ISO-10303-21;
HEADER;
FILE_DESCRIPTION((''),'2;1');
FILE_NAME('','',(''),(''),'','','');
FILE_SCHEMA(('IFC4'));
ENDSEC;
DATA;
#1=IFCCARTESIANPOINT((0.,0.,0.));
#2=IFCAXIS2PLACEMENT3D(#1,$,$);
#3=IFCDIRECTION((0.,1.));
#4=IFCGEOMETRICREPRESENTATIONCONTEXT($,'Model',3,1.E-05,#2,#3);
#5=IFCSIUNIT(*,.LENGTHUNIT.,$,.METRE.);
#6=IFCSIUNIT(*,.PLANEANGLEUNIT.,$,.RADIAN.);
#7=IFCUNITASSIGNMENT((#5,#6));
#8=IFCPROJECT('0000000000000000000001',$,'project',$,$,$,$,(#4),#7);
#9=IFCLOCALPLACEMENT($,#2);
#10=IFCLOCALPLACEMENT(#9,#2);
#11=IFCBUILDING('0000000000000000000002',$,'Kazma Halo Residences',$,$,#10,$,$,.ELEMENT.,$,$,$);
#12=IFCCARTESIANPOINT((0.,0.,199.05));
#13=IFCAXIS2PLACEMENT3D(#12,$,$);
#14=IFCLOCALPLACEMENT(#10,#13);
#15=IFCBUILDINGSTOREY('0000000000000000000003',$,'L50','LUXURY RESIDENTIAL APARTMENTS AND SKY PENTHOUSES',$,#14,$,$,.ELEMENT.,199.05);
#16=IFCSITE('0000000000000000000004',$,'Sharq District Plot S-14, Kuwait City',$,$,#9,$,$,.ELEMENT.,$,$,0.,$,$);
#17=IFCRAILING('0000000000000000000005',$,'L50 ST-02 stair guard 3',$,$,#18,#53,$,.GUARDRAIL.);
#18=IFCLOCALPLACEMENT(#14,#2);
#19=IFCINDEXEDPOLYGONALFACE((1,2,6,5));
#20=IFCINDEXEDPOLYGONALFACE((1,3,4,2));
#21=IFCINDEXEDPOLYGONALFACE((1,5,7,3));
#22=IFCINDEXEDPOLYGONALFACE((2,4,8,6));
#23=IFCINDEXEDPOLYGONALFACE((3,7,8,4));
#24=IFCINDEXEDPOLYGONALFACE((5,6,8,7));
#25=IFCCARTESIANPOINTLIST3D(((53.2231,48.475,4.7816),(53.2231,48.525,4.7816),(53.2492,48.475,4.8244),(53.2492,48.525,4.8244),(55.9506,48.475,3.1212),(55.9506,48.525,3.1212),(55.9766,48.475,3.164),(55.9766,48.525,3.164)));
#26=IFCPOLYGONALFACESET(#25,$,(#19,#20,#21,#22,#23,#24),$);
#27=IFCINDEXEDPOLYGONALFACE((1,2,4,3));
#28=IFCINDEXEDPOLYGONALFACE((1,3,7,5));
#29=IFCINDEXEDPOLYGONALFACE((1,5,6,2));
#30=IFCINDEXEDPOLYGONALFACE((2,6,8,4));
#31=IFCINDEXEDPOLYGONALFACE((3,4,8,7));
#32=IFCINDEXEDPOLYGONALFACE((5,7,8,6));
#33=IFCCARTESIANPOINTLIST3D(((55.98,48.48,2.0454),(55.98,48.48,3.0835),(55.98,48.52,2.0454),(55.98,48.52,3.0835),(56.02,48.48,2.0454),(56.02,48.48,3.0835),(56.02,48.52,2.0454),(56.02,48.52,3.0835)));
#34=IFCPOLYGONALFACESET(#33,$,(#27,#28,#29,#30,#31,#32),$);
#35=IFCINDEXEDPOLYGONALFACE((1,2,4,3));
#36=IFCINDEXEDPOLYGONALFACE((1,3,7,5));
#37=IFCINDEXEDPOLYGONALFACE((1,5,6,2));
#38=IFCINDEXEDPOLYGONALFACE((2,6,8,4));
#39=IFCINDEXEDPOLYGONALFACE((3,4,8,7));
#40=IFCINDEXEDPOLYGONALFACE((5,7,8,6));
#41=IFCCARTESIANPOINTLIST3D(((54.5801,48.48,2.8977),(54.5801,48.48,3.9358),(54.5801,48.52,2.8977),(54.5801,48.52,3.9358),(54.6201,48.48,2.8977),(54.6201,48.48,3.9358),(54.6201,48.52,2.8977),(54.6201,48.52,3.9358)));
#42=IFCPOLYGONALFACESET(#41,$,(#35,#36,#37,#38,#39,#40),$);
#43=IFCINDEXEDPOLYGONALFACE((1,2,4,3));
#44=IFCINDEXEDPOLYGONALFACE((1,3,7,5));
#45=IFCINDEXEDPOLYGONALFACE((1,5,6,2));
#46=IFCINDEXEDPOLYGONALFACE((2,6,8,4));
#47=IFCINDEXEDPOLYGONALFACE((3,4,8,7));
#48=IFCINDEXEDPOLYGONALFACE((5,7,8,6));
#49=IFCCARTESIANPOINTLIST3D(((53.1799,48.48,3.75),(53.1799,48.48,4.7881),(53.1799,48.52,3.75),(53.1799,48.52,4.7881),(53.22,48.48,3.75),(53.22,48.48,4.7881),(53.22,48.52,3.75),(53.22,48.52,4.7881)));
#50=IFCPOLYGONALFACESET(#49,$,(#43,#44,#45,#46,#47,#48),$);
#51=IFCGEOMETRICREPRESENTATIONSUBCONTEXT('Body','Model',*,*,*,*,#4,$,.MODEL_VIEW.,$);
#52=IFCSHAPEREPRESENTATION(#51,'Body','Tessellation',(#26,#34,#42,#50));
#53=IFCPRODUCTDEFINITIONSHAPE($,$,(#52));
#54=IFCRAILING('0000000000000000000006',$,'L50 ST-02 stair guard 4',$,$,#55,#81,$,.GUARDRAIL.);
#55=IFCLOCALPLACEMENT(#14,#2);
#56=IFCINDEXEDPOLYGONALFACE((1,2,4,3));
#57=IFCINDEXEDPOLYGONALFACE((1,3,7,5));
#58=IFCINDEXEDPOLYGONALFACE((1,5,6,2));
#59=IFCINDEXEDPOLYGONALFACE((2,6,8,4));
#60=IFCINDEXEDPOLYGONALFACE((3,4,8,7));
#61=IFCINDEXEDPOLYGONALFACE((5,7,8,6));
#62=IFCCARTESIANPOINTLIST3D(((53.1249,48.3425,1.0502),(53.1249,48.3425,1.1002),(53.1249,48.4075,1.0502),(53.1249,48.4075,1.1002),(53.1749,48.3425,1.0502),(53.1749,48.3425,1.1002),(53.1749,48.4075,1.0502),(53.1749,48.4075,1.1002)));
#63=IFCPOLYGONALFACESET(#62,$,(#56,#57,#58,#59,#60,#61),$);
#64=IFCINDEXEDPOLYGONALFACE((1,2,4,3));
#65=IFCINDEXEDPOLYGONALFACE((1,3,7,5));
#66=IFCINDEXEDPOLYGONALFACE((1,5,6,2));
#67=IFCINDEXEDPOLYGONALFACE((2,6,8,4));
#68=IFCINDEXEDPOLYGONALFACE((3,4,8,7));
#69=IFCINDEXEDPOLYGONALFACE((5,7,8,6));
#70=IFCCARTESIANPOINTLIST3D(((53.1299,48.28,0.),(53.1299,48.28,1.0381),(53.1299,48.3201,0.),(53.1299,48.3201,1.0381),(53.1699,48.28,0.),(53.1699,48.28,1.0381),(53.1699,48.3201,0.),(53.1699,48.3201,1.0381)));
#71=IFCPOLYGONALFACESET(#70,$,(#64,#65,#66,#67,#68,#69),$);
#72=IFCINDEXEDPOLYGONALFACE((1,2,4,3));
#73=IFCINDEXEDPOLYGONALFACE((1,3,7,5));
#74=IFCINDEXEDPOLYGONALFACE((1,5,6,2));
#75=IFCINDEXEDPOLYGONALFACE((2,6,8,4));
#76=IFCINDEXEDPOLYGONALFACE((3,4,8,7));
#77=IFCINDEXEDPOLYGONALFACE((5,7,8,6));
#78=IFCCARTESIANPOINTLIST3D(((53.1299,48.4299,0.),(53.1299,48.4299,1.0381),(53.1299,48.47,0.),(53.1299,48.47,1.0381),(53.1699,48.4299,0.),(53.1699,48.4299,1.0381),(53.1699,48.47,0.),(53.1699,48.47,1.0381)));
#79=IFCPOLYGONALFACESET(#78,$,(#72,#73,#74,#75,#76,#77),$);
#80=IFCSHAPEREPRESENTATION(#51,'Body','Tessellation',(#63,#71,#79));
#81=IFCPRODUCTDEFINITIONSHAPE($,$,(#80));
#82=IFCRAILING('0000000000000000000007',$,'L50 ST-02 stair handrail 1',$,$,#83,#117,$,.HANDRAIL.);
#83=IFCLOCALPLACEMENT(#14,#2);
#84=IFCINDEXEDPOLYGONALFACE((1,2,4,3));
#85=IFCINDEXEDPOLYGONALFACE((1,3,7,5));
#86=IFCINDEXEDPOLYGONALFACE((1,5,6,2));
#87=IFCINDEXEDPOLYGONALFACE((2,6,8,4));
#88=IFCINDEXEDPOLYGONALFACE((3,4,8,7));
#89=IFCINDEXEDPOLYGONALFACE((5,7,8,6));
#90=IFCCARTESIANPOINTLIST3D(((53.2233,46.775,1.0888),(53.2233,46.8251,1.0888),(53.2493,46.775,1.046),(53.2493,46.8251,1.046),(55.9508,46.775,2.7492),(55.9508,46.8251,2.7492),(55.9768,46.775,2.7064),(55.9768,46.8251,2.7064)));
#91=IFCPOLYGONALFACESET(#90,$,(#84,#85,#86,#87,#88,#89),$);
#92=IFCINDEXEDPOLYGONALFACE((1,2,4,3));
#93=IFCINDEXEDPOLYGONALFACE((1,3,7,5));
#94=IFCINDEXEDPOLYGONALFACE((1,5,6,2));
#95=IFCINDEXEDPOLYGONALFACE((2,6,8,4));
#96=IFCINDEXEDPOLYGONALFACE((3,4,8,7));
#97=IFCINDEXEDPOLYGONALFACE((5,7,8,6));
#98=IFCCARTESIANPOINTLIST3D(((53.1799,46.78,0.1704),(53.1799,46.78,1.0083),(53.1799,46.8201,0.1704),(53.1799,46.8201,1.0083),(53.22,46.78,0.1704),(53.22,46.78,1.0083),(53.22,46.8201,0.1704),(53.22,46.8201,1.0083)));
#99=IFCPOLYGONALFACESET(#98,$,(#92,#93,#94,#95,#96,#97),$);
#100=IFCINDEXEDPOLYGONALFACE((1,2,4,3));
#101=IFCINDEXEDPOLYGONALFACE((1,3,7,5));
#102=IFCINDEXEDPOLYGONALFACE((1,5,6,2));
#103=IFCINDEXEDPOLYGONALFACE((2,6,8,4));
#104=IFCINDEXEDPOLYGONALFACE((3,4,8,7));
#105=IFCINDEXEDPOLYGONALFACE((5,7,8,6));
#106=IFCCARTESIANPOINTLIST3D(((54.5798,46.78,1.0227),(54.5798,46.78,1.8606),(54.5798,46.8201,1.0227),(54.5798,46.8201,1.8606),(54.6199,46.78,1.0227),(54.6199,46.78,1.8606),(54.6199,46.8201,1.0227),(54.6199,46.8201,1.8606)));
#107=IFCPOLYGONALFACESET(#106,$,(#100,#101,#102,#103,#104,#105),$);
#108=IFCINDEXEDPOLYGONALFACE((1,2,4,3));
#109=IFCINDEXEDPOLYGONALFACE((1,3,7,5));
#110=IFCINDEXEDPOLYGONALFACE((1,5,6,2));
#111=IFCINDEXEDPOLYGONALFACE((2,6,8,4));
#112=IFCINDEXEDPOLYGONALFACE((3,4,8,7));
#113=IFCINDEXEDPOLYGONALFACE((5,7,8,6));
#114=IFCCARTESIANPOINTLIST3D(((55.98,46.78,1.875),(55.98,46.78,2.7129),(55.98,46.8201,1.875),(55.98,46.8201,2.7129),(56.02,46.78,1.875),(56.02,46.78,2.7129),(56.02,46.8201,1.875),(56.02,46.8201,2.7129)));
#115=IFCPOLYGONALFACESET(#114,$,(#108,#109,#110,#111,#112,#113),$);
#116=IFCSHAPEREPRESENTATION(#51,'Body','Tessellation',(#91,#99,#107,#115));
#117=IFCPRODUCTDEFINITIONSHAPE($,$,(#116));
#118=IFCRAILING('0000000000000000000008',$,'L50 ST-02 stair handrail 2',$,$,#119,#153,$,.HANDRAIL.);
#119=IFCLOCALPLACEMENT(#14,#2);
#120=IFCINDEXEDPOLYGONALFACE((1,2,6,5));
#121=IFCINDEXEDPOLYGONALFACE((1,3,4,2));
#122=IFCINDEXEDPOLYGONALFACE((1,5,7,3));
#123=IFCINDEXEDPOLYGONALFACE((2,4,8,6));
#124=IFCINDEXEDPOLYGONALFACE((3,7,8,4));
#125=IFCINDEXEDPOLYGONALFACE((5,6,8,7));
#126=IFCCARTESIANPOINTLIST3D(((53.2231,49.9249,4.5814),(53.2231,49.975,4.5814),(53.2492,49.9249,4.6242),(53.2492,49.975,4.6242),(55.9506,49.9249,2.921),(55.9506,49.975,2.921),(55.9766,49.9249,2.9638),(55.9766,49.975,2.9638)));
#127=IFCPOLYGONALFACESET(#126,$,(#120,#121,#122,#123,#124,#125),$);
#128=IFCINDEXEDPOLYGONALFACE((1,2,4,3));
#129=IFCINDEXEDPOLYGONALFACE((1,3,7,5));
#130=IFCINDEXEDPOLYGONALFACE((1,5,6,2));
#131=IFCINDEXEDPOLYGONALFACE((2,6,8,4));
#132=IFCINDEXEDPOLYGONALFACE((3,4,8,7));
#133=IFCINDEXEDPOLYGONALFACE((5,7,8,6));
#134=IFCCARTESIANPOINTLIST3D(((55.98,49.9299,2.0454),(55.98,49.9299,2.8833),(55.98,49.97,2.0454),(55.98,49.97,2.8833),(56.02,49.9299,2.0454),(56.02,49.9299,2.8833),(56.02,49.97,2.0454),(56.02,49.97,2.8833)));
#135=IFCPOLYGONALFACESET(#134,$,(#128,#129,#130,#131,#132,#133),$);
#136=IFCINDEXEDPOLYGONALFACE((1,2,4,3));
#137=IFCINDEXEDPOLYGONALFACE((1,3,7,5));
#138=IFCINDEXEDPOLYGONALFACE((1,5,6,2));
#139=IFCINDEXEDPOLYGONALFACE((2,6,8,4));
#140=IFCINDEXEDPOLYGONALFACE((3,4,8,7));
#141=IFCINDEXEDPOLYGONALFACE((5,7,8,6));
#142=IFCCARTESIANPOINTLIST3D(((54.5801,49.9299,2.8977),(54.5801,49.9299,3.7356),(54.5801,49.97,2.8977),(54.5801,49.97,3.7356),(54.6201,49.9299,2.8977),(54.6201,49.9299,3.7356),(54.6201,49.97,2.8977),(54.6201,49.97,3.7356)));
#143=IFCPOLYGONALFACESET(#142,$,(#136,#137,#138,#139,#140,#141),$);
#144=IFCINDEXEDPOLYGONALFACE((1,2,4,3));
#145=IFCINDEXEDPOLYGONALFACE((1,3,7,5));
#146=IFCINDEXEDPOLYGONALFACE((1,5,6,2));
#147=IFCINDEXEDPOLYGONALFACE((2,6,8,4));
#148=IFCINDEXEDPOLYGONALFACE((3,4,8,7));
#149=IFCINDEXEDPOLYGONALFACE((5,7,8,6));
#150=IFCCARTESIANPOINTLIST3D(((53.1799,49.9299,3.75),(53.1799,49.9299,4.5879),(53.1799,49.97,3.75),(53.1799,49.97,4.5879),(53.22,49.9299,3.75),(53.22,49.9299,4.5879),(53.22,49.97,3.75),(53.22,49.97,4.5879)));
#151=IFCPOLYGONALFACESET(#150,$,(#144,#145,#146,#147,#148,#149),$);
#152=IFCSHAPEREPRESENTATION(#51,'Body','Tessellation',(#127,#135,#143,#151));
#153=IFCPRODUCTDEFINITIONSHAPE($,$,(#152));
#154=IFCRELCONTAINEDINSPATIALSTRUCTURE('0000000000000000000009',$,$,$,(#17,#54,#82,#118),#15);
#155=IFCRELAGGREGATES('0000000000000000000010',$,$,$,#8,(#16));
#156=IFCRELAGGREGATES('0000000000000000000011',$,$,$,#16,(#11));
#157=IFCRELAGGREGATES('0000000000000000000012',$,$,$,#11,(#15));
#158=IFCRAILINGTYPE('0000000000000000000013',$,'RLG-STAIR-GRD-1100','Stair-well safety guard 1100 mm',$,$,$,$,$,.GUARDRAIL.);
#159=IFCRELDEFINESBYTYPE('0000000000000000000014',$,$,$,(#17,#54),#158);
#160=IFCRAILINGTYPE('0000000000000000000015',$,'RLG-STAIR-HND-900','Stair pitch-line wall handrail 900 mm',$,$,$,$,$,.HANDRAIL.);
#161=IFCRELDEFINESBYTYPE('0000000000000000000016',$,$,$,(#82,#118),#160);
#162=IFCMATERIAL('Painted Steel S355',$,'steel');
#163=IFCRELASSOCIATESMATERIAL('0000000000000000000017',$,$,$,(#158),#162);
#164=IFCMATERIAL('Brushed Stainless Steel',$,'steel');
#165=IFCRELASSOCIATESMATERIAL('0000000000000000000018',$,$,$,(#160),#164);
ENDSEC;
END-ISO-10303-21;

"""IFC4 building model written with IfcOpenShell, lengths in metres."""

from ifc_helpers import new_model, si_unit, direction, frame, origin, origin_2d, place, context, subcontext, project, spatial, rectangle, extrude, material, type_object, element, save


model = new_model("IFC4")

# Units and contexts
model_context = context("Model", 3, precision=1e-05, world=origin(), true_north=direction((0.0, 1.0)))
body_context = subcontext(model_context, "Body", "Model", "MODEL_VIEW")
ifc_project = project(units=[si_unit("LENGTHUNIT", "METRE"), si_unit("PLANEANGLEUNIT", "RADIAN")], contexts=[model_context])

# Site, building, storey
site_placement = place(None, origin())
site = spatial("IfcSite", under=ifc_project, at=site_placement, Name="Sharq District Plot S-14, Kuwait City", CompositionType="ELEMENT", RefElevation=0.0)
building_placement = place(site_placement, origin())
building = spatial("IfcBuilding", under=site, at=building_placement, Name="Kazma Halo Residences", CompositionType="ELEMENT")
storey_placement = place(building_placement, frame((0.0, 0.0, 199.05)))
storey = spatial("IfcBuildingStorey", under=building, at=storey_placement, Name="L50", Description="LUXURY RESIDENTIAL APARTMENTS AND SKY PENTHOUSES", CompositionType="ELEMENT", Elevation=199.05)

# Railings
ifc_material_1 = material(Name="Painted Steel S355", Category="steel")
railing_type_1 = type_object("IfcRailingType", Name="RLG-STAIR-GRD-1100", Description="Stair-well safety guard 1100 mm", PredefinedType="GUARDRAIL", material=ifc_material_1)
railing_1_placement = place(storey_placement, frame((56.0, 48.5, 2.0454)))
element("IfcRailing", 1, at=railing_1_placement, inside=storey, type_object=railing_type_1, Name="L50 ST-02 stair guard 3", PredefinedType="GUARDRAIL", context=body_context, shape_type="SweptSolid", body=[
    extrude(rectangle(XDim=0.05, YDim=0.05, at=origin_2d()), frame((-0.0364, 0.0, 1.0972), z_axis=(-0.85417, 0.0, 0.519994), x_axis=(0.0, -1.0, 0.0)), (0.0, 0.0, 1.0), 3.1931),
    extrude(rectangle(XDim=0.04, YDim=0.04, at=origin_2d()), origin(), (0.0, 0.0, 1.0), 1.0381),
    extrude(rectangle(XDim=0.04, YDim=0.04, at=origin_2d()), frame((-1.3999, 0.0, 0.8523)), (0.0, 0.0, 1.0), 1.0381),
    extrude(rectangle(XDim=0.04, YDim=0.04, at=origin_2d()), frame((-2.8, 0.0, 1.7046)), (0.0, 0.0, 1.0), 1.0381),
])
railing_2_placement = place(storey_placement, frame((53.1499, 48.3, 0.0)))
element("IfcRailing", 2, at=railing_2_placement, inside=storey, type_object=railing_type_1, Name="L50 ST-02 stair guard 4", PredefinedType="GUARDRAIL", context=body_context, shape_type="SweptSolid", body=[
    extrude(rectangle(XDim=0.05, YDim=0.05, at=origin_2d()), frame((0.0, 0.0425, 1.0752), z_axis=(0.0, 1.0, 0.0), x_axis=(-1.0, 0.0, 0.0)), (0.0, 0.0, 1.0), 0.0649),
    extrude(rectangle(XDim=0.04, YDim=0.04, at=origin_2d()), origin(), (0.0, 0.0, 1.0), 1.0381),
    extrude(rectangle(XDim=0.04, YDim=0.04, at=origin_2d()), frame((0.0, 0.1499, 0.0)), (0.0, 0.0, 1.0), 1.0381),
])
ifc_material_2 = material(Name="Brushed Stainless Steel", Category="steel")
railing_type_2 = type_object("IfcRailingType", Name="RLG-STAIR-HND-900", Description="Stair pitch-line wall handrail 900 mm", PredefinedType="HANDRAIL", material=ifc_material_2)
railing_3_placement = place(storey_placement, frame((53.2, 46.8, 0.1704)))
element("IfcRailing", 3, at=railing_3_placement, inside=storey, type_object=railing_type_2, Name="L50 ST-02 stair handrail 1", PredefinedType="HANDRAIL", context=body_context, shape_type="SweptSolid", body=[
    extrude(rectangle(XDim=0.05, YDim=0.05, at=origin_2d()), frame((0.0364, 0.0, 0.897), z_axis=(0.85417, 0.0, 0.519994), x_axis=(0.0, 1.0, 0.0)), (0.0, 0.0, 1.0), 3.1931),
    extrude(rectangle(XDim=0.04, YDim=0.04, at=origin_2d()), origin(), (0.0, 0.0, 1.0), 0.8379),
    extrude(rectangle(XDim=0.04, YDim=0.04, at=origin_2d()), frame((1.3999, 0.0, 0.8523)), (0.0, 0.0, 1.0), 0.8379),
    extrude(rectangle(XDim=0.04, YDim=0.04, at=origin_2d()), frame((2.8, 0.0, 1.7046)), (0.0, 0.0, 1.0), 0.8379),
])
railing_4_placement = place(storey_placement, frame((56.0, 49.95, 2.0454)))
element("IfcRailing", 4, at=railing_4_placement, inside=storey, type_object=railing_type_2, Name="L50 ST-02 stair handrail 2", PredefinedType="HANDRAIL", context=body_context, shape_type="SweptSolid", body=[
    extrude(rectangle(XDim=0.05, YDim=0.05, at=origin_2d()), frame((-0.0364, 0.0, 0.897), z_axis=(-0.85417, 0.0, 0.519994), x_axis=(0.0, -1.0, 0.0)), (0.0, 0.0, 1.0), 3.1931),
    extrude(rectangle(XDim=0.04, YDim=0.04, at=origin_2d()), origin(), (0.0, 0.0, 1.0), 0.8379),
    extrude(rectangle(XDim=0.04, YDim=0.04, at=origin_2d()), frame((-1.3999, 0.0, 0.8523)), (0.0, 0.0, 1.0), 0.8379),
    extrude(rectangle(XDim=0.04, YDim=0.04, at=origin_2d()), frame((-2.8, 0.0, 1.7046)), (0.0, 0.0, 1.0), 0.8379),
])

save(model, "model.ifc")
